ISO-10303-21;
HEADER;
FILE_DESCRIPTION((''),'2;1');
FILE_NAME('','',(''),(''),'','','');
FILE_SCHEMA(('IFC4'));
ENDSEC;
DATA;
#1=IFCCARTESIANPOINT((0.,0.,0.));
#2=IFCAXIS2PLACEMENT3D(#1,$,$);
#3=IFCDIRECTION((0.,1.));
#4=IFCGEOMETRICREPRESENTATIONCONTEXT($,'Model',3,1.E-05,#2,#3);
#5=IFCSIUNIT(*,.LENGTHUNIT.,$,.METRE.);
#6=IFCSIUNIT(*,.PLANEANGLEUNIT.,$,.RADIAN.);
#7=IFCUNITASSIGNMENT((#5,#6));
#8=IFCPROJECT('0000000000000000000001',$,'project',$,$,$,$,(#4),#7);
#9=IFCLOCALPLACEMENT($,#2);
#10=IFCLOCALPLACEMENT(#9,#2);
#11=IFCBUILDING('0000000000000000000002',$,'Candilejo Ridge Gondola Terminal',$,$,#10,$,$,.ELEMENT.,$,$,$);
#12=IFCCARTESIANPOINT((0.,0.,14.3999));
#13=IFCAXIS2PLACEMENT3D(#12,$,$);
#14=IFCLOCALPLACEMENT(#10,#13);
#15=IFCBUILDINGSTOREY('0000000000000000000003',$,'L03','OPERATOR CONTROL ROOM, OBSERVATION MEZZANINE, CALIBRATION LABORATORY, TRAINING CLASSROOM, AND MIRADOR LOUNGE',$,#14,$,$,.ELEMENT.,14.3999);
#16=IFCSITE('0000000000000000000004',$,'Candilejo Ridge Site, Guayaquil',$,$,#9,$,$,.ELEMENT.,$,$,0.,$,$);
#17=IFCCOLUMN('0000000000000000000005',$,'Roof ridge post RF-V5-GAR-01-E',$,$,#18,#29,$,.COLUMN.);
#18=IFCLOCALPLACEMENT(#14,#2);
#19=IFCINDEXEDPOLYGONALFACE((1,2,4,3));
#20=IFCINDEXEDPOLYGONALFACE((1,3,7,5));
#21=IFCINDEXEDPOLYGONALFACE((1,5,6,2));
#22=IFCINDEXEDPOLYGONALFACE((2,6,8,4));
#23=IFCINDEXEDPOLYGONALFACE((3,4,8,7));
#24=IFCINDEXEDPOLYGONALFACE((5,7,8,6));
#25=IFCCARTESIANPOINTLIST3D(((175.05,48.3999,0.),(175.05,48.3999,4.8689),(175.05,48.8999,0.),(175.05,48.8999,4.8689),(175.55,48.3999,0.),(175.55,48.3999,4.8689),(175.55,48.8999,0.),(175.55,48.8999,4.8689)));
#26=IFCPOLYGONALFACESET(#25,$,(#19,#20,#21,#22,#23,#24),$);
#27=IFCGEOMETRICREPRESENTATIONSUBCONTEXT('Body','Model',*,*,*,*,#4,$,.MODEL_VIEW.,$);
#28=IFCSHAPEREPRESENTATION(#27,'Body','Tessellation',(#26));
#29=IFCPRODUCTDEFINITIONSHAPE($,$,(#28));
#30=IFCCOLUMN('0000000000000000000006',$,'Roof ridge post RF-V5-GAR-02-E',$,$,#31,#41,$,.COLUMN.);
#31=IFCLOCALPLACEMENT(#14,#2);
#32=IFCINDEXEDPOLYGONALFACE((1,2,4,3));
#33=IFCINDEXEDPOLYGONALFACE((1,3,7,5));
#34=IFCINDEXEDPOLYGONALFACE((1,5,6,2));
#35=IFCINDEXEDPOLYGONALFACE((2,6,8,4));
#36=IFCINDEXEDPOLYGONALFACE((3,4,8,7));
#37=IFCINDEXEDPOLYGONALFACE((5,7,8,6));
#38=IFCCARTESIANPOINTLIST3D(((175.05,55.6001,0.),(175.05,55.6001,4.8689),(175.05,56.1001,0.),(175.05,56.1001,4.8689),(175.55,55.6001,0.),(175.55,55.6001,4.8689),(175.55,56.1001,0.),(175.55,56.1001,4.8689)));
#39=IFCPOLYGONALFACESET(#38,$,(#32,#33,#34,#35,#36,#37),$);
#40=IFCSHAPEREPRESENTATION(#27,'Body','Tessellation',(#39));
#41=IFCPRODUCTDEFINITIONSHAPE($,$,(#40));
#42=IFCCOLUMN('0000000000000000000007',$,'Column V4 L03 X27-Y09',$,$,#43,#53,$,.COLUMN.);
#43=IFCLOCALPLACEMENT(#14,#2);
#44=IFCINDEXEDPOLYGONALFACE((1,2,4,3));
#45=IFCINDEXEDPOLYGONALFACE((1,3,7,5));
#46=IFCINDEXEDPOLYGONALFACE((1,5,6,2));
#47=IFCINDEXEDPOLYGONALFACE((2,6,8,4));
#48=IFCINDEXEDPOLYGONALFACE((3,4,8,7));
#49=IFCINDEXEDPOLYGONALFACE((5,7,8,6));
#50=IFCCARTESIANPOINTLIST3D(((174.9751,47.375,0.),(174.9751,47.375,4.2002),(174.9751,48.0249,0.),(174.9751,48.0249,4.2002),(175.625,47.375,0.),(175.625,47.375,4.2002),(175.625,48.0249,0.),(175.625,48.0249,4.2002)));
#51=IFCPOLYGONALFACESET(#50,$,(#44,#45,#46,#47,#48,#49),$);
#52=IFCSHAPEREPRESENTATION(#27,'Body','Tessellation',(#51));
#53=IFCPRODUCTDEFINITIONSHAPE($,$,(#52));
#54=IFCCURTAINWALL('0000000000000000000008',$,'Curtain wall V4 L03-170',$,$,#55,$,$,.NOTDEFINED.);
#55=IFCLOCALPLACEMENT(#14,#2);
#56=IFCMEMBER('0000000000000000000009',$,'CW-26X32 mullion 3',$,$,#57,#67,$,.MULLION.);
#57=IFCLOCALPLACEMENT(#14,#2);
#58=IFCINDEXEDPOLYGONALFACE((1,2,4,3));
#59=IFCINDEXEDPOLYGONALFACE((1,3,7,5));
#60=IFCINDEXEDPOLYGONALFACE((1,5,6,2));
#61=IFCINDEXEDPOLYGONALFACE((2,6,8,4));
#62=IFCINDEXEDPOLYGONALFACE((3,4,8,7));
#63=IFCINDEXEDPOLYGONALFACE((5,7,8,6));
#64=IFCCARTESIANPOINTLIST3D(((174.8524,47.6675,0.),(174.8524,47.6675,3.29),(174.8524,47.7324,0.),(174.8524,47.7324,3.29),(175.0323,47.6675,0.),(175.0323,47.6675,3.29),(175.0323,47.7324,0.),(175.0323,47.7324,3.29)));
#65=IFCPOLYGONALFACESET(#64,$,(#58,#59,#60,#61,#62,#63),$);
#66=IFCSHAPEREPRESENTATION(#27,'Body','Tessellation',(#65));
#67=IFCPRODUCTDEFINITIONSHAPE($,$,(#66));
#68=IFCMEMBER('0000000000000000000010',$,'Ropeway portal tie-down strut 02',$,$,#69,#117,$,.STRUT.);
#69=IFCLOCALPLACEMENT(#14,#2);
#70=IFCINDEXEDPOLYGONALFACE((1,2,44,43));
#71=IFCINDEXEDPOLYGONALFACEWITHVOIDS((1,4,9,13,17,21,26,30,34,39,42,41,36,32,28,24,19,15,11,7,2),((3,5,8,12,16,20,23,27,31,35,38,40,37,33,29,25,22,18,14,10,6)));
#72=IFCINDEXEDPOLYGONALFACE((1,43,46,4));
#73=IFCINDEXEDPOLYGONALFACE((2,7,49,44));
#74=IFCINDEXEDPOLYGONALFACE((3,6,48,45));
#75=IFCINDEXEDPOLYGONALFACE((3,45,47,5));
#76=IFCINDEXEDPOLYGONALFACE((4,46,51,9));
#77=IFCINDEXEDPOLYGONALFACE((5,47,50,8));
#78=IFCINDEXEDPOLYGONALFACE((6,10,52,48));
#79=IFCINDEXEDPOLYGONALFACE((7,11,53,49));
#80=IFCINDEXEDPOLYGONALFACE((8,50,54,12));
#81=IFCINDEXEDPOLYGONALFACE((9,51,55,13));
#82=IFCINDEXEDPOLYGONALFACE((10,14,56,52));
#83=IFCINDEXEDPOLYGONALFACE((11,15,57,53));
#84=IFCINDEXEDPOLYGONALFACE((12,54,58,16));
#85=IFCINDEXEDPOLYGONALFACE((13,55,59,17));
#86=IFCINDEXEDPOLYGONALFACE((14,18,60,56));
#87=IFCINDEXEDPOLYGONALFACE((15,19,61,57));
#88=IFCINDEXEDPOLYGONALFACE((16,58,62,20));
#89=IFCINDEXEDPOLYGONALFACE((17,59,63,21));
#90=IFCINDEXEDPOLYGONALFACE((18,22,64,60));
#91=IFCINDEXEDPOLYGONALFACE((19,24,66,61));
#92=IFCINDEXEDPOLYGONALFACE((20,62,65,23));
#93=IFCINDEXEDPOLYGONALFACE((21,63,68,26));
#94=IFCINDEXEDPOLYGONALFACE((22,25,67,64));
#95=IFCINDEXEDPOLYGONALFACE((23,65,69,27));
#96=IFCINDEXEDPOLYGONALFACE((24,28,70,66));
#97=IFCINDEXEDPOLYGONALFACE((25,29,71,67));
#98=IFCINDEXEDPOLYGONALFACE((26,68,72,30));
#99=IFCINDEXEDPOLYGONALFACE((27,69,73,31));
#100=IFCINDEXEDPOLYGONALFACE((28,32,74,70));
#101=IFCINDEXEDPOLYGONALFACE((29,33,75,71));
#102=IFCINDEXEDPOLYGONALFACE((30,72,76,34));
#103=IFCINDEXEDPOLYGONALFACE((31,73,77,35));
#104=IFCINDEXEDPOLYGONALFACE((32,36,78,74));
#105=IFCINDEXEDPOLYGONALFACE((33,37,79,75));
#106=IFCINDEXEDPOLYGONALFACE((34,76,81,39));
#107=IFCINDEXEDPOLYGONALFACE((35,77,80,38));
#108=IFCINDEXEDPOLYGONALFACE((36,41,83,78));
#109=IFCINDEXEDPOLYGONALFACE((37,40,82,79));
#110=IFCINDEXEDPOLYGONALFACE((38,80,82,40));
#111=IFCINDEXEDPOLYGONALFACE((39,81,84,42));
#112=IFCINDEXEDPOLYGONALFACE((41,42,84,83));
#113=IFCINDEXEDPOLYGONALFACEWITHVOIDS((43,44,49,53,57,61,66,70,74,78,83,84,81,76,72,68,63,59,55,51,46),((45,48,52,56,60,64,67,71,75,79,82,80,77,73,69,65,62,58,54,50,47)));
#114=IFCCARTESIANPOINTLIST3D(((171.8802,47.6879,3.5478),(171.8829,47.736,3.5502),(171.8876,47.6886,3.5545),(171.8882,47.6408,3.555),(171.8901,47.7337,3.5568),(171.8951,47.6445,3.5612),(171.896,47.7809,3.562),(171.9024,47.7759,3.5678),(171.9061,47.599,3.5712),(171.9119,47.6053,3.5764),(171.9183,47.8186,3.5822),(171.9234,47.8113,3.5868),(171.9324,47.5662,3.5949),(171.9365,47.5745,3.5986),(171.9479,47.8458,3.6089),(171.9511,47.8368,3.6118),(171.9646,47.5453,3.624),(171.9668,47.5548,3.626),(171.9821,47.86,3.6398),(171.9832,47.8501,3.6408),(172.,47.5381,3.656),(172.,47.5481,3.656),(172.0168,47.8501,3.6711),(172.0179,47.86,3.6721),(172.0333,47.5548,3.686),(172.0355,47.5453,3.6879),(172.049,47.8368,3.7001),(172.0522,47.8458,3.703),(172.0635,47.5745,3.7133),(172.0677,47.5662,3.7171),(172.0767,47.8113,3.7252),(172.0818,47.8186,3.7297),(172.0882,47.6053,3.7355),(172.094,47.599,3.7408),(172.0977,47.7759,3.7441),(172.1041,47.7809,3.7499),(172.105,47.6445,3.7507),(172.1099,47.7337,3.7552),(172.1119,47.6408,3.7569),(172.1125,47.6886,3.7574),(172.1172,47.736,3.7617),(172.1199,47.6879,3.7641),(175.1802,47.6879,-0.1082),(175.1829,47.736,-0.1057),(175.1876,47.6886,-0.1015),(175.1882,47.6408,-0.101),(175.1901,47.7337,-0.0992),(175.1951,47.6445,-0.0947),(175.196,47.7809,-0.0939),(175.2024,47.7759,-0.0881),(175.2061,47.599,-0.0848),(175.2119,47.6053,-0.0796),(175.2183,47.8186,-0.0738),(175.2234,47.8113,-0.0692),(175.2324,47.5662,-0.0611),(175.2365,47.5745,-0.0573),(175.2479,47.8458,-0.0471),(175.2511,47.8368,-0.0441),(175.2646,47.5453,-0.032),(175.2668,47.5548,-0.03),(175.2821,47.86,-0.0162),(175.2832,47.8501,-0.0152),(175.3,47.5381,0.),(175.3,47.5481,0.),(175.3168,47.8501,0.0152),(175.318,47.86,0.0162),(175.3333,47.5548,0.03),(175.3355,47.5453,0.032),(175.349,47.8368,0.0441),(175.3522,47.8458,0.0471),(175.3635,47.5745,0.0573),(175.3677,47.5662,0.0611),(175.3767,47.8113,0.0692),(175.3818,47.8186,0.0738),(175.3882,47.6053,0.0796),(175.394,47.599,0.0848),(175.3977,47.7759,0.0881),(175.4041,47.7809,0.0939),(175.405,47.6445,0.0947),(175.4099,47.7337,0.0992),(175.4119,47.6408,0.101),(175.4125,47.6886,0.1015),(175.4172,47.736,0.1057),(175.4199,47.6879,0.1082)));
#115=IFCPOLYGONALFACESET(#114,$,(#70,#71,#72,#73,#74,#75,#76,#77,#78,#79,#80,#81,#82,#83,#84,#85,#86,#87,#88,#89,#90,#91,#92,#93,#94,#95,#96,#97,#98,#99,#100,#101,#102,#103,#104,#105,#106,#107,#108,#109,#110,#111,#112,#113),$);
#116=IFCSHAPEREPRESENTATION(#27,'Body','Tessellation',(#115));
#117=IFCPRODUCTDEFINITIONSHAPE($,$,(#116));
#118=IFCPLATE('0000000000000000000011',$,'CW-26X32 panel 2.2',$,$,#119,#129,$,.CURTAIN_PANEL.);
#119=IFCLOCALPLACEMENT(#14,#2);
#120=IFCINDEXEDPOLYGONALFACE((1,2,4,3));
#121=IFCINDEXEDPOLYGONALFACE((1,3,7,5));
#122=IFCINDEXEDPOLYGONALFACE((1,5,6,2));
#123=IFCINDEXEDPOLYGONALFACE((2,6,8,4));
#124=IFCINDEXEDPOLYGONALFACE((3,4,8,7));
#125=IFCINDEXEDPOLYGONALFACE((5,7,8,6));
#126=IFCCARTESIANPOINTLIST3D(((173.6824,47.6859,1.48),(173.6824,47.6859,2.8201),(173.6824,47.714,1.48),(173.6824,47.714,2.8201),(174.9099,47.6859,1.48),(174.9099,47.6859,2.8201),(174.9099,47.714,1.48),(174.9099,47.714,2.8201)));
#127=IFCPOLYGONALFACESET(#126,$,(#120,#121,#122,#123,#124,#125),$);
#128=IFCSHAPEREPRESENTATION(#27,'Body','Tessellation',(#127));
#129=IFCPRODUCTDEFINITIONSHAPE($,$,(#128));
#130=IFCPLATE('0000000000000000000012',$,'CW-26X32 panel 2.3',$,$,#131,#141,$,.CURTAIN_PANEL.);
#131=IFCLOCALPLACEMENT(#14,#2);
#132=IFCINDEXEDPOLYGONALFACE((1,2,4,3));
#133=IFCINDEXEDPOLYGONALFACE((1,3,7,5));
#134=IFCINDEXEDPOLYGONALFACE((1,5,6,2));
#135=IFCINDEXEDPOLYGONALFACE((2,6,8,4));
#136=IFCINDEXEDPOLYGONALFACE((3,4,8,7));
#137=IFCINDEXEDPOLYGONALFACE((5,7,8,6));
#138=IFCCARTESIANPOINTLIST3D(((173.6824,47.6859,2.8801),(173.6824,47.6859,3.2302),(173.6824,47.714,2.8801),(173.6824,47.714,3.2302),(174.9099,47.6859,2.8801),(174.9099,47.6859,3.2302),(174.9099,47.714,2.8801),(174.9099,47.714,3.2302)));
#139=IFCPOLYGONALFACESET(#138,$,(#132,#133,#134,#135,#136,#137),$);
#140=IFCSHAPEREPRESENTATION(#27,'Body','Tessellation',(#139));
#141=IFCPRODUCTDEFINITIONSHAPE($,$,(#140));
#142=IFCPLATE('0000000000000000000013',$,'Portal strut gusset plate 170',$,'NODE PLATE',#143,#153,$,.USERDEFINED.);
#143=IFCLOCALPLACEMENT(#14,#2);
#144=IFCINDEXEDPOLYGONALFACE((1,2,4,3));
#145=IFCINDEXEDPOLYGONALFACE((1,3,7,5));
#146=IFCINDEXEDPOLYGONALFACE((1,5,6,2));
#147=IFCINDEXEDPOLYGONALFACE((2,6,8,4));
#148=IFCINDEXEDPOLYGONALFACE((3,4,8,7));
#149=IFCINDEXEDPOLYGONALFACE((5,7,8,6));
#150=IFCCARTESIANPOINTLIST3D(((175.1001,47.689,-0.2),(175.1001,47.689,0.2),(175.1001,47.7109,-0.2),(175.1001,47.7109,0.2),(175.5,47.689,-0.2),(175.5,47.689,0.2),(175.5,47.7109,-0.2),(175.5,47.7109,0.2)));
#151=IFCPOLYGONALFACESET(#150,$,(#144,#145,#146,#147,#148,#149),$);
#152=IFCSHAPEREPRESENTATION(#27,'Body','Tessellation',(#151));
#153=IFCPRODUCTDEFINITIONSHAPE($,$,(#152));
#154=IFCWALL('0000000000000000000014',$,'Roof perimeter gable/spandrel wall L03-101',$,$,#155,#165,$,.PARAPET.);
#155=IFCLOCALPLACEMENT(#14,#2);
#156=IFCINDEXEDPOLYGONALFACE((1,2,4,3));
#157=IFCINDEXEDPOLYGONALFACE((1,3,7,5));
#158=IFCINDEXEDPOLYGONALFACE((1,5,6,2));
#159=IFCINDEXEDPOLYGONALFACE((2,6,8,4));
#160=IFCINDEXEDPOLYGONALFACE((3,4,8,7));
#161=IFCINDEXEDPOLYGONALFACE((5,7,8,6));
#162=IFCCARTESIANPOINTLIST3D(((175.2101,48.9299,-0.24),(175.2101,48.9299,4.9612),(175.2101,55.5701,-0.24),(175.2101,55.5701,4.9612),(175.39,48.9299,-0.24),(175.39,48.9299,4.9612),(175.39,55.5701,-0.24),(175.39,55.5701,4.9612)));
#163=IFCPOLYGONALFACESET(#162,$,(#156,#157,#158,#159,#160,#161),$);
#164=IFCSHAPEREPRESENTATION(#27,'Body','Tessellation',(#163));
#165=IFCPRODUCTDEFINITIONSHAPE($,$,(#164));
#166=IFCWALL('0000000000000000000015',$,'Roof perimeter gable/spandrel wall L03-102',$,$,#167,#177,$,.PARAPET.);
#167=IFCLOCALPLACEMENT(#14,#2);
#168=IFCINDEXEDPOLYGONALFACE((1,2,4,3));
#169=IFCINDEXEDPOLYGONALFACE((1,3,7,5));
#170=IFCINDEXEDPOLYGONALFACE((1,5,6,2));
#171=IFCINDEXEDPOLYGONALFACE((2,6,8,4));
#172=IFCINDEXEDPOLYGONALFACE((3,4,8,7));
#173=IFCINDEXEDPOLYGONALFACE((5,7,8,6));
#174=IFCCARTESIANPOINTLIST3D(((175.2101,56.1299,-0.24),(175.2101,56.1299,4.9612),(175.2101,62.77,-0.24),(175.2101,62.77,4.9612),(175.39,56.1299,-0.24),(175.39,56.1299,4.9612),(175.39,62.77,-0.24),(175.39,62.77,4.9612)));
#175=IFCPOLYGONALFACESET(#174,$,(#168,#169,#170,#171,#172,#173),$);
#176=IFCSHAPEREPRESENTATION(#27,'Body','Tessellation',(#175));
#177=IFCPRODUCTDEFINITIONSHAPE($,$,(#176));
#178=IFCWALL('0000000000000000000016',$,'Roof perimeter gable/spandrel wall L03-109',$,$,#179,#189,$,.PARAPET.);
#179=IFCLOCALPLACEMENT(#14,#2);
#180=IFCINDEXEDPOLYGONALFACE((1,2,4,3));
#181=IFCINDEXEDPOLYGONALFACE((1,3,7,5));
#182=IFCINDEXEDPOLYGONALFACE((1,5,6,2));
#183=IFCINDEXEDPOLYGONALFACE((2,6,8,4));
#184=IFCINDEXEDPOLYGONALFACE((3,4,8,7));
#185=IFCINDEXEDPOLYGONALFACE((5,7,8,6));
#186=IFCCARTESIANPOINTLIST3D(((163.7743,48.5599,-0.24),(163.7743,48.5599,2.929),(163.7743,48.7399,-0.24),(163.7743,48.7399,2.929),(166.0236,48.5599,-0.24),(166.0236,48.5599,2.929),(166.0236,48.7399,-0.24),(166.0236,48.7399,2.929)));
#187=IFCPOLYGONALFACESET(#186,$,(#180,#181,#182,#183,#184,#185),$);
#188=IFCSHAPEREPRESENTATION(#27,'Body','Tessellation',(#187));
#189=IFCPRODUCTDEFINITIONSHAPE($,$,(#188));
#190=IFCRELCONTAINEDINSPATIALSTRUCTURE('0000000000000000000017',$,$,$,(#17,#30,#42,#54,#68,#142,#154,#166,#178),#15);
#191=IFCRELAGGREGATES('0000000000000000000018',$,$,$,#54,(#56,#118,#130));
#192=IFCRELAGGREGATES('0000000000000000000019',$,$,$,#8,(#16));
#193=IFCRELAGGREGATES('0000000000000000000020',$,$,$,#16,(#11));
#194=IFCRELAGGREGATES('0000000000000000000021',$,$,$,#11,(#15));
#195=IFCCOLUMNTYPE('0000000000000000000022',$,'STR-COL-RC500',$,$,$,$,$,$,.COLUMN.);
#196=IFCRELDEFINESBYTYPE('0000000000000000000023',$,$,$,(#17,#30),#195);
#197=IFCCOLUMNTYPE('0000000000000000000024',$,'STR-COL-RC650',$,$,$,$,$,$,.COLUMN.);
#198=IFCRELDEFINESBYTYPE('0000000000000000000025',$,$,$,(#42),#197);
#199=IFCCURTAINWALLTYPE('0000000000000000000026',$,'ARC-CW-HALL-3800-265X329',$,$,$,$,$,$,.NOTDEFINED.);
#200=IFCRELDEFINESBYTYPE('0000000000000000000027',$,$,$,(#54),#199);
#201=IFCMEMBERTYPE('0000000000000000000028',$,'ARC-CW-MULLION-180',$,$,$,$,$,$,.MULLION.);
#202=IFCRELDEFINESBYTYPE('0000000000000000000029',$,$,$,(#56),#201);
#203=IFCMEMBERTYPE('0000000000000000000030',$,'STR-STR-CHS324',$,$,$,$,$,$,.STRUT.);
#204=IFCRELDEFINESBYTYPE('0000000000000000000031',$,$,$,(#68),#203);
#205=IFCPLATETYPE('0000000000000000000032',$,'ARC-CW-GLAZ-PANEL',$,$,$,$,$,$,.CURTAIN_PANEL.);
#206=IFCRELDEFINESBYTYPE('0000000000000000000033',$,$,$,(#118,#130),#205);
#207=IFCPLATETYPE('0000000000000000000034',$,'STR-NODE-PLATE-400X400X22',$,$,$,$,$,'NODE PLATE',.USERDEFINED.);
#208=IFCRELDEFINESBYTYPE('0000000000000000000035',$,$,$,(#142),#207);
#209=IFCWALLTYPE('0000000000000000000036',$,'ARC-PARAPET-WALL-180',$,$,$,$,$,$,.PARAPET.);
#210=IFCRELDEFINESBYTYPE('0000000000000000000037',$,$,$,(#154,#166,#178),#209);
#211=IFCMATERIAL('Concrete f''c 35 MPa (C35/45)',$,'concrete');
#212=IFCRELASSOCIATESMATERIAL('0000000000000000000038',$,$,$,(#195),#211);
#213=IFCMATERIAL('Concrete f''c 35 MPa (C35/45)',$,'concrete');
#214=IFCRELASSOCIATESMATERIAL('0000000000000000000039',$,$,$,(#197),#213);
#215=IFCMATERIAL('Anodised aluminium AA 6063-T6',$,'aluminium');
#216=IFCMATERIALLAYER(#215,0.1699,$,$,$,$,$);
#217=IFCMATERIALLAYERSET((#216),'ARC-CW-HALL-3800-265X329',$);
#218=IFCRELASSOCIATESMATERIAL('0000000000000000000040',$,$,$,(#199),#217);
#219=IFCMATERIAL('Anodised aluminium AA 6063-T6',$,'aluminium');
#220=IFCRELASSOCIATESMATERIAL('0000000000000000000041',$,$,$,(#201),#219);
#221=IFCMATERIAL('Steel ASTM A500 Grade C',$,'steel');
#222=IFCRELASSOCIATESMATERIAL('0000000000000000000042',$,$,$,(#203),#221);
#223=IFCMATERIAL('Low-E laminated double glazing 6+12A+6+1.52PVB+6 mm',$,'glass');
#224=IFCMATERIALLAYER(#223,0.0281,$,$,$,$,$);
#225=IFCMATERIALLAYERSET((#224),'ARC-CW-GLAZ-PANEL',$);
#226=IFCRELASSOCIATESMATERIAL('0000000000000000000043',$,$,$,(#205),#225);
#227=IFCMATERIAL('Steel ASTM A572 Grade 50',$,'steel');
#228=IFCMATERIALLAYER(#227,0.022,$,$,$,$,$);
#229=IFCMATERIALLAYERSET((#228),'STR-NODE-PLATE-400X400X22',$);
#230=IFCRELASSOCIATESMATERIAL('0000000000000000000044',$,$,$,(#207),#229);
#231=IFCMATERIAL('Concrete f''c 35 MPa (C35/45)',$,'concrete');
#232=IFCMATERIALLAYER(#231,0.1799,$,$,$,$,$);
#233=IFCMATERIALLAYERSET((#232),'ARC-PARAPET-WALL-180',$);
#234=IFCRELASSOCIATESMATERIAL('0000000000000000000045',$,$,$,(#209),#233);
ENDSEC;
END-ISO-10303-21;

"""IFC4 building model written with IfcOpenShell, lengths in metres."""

from ifc_helpers import new_model, si_unit, direction, frame, frame_2d, origin, origin_2d, place, context, subcontext, project, spatial, rectangle, hollow_circle, extrude, material, layer, layer_set, material_profile, profile_set, type_object, element, aggregate, save


model = new_model("IFC4")

# Units and contexts
model_context = context("Model", 3, precision=1e-05, world=origin(), true_north=direction((0.0, 1.0)))
body_context = subcontext(model_context, "Body", "Model", "MODEL_VIEW")
ifc_project = project(units=[si_unit("LENGTHUNIT", "METRE"), si_unit("PLANEANGLEUNIT", "RADIAN")], contexts=[model_context])

# Site, building, storey
site_placement = place(None, origin())
site = spatial("IfcSite", under=ifc_project, at=site_placement, Name="Candilejo Ridge Site, Guayaquil", CompositionType="ELEMENT", RefElevation=0.0)
building_placement = place(site_placement, origin())
building = spatial("IfcBuilding", under=site, at=building_placement, Name="Candilejo Ridge Gondola Terminal", CompositionType="ELEMENT")
storey_placement = place(building_placement, frame((0.0, 0.0, 14.3999)))
storey = spatial("IfcBuildingStorey", under=building, at=storey_placement, Name="L03", Description="OPERATOR CONTROL ROOM, OBSERVATION MEZZANINE, CALIBRATION LABORATORY, TRAINING CLASSROOM, AND MIRADOR LOUNGE", CompositionType="ELEMENT", Elevation=14.3999)

# Columns
ifc_material_1 = material(Name="Concrete f'c 35 MPa (C35/45)", Category="concrete")
ifc_material_profile_1 = material_profile(ifc_material_1, rectangle(XDim=0.5, YDim=0.5, at=origin_2d()))
ifc_profile_set_1 = profile_set([ifc_material_profile_1], Name="Concrete f'c 35 MPa (C35/45)")
column_type_1 = type_object("IfcColumnType", Name="STR-COL-RC500", PredefinedType="COLUMN", material=ifc_profile_set_1)
for number, where, z_axis, x_axis, name in (
    (1, (175.3, 48.6499, 0.0), (0.0, 0.0, 1.0), (1.0, 0.0, 0.0), "Roof ridge post RF-V5-GAR-01-E"),
    (2, (175.3, 55.8501, 0.0), (0.0, 0.0, 1.0), (1.0, 0.0, 0.0), "Roof ridge post RF-V5-GAR-02-E"),
):
    element("IfcColumn", number, at=place(storey_placement, frame(where, z_axis=z_axis, x_axis=x_axis)), inside=storey, type_object=column_type_1, Name=name, PredefinedType="COLUMN", context=body_context, shape_type="SweptSolid", body=[
        extrude(rectangle(XDim=0.5, YDim=0.5, at=origin_2d()), origin(), (0.0, 0.0, 1.0), 4.8689),
    ])
ifc_material_2 = material(Name="Concrete f'c 35 MPa (C35/45)", Category="concrete")
ifc_material_profile_2 = material_profile(ifc_material_2, rectangle(XDim=0.6499, YDim=0.6499, at=origin_2d()))
ifc_profile_set_2 = profile_set([ifc_material_profile_2], Name="Concrete f'c 35 MPa (C35/45)")
column_type_2 = type_object("IfcColumnType", Name="STR-COL-RC650", PredefinedType="COLUMN", material=ifc_profile_set_2)
column_placement = place(storey_placement, frame((175.3, 47.7, 0.0), z_axis=(0.0, 0.0, 1.0), x_axis=(1.0, 0.0, 0.0)))
element("IfcColumn", 3, at=column_placement, inside=storey, type_object=column_type_2, Name="Column V4 L03 X27-Y09", PredefinedType="COLUMN", context=body_context, shape_type="SweptSolid", body=[
    extrude(rectangle(XDim=0.6499, YDim=0.6499, at=origin_2d()), origin(), (0.0, 0.0, 1.0), 4.2002),
])

# Curtain wall, member
ifc_material_3 = material(Name="Anodised aluminium AA 6063-T6", Category="aluminium")
ifc_layer_1 = layer(ifc_material_3, 0.1699)
ifc_layer_set_1 = layer_set([ifc_layer_1], Name="ARC-CW-HALL-3800-265X329")
curtain_wall_type = type_object("IfcCurtainWallType", Name="ARC-CW-HALL-3800-265X329", PredefinedType="NOTDEFINED", material=ifc_layer_set_1)
curtain_wall_placement = place(storey_placement, origin())
curtain_wall = element("IfcCurtainWall", 4, at=curtain_wall_placement, inside=storey, type_object=curtain_wall_type, Name="Curtain wall V4 L03-170", PredefinedType="NOTDEFINED")
ifc_material_4 = material(Name="Anodised aluminium AA 6063-T6", Category="aluminium")
ifc_material_profile_3 = material_profile(ifc_material_4, rectangle(XDim=0.0649, YDim=0.1799, at=origin_2d()))
ifc_profile_set_3 = profile_set([ifc_material_profile_3], Name="Anodised aluminium AA 6063-T6")
member_type_1 = type_object("IfcMemberType", Name="ARC-CW-MULLION-180", PredefinedType="MULLION", material=ifc_profile_set_3)
member_1_placement = place(storey_placement, frame((174.9424, 47.7, 0.0), z_axis=(0.0, 0.0, 1.0), x_axis=(0.0, 1.0, 0.0)))
member_1 = element("IfcMember", 5, at=member_1_placement, type_object=member_type_1, Name="CW-26X32 mullion 3", PredefinedType="MULLION", context=body_context, shape_type="SweptSolid", body=[
    extrude(rectangle(XDim=0.0649, YDim=0.1799, at=origin_2d()), origin(), (0.0, 0.0, 1.0), 3.29),
])

# Member
ifc_material_5 = material(Name="Steel ASTM A500 Grade C", Category="steel")
ifc_material_profile_4 = material_profile(ifc_material_5, hollow_circle(Radius=0.1619, WallThickness=0.01, at=origin_2d()))
ifc_profile_set_4 = profile_set([ifc_material_profile_4], Name="Steel ASTM A500 Grade C")
member_type_2 = type_object("IfcMemberType", Name="STR-STR-CHS324", PredefinedType="STRUT", material=ifc_profile_set_4)
member_2_placement = place(storey_placement, frame((175.3, 47.7, 0.0), z_axis=(-0.670046, 0.0, 0.74232), x_axis=(0.0, -1.0, 0.0)))
element("IfcMember", 6, at=member_2_placement, inside=storey, type_object=member_type_2, Name="Ropeway portal tie-down strut 02", PredefinedType="STRUT", context=body_context, shape_type="SweptSolid", body=[
    extrude(hollow_circle(Radius=0.1619, WallThickness=0.01, at=origin_2d()), origin(), (0.0, 0.0, 1.0), 4.925),
])

# Plates
ifc_material_6 = material(Name="Low-E laminated double glazing 6+12A+6+1.52PVB+6 mm", Category="glass")
ifc_layer_2 = layer(ifc_material_6, 0.0281)
ifc_layer_set_2 = layer_set([ifc_layer_2], Name="ARC-CW-GLAZ-PANEL")
plate_type_1 = type_object("IfcPlateType", Name="ARC-CW-GLAZ-PANEL", PredefinedType="CURTAIN_PANEL", material=ifc_layer_set_2)
plate_1_placement = place(storey_placement, frame((174.2961, 47.7, 1.48), z_axis=(0.0, 0.0, 1.0), x_axis=(1.0, 0.0, 0.0)))
plate_1 = element("IfcPlate", 7, at=plate_1_placement, type_object=plate_type_1, Name="CW-26X32 panel 2.2", PredefinedType="CURTAIN_PANEL", context=body_context, shape_type="SweptSolid", body=[
    extrude(rectangle(XDim=1.2275, YDim=0.0281, at=origin_2d()), origin(), (0.0, 0.0, 1.0), 1.3401),
])
plate_2_placement = place(storey_placement, frame((174.2961, 47.7, 2.8801), z_axis=(0.0, 0.0, 1.0), x_axis=(1.0, 0.0, 0.0)))
plate_2 = element("IfcPlate", 8, at=plate_2_placement, type_object=plate_type_1, Name="CW-26X32 panel 2.3", PredefinedType="CURTAIN_PANEL", context=body_context, shape_type="SweptSolid", body=[
    extrude(rectangle(XDim=1.2275, YDim=0.0281, at=origin_2d()), origin(), (0.0, 0.0, 1.0), 0.3501),
])
aggregate(curtain_wall, [member_1, plate_1, plate_2])
ifc_material_7 = material(Name="Steel ASTM A572 Grade 50", Category="steel")
ifc_layer_3 = layer(ifc_material_7, 0.022)
ifc_layer_set_3 = layer_set([ifc_layer_3], Name="STR-NODE-PLATE-400X400X22")
plate_type_2 = type_object("IfcPlateType", Name="STR-NODE-PLATE-400X400X22", ElementType="NODE PLATE", PredefinedType="USERDEFINED", material=ifc_layer_set_3)
plate_3_placement = place(storey_placement, frame((175.3, 47.7, -0.2), z_axis=(0.0, 0.0, 1.0), x_axis=(1.0, 0.0, 0.0)))
element("IfcPlate", 9, at=plate_3_placement, inside=storey, type_object=plate_type_2, Name="Portal strut gusset plate 170", ObjectType="NODE PLATE", PredefinedType="USERDEFINED", context=body_context, shape_type="SweptSolid", body=[
    extrude(rectangle(XDim=0.3999, YDim=0.022, at=origin_2d()), origin(), (0.0, 0.0, 1.0), 0.3999),
])

# Walls
ifc_material_8 = material(Name="Concrete f'c 35 MPa (C35/45)", Category="concrete")
ifc_layer_4 = layer(ifc_material_8, 0.1799)
ifc_layer_set_4 = layer_set([ifc_layer_4], Name="ARC-PARAPET-WALL-180")
wall_type = type_object("IfcWallType", Name="ARC-PARAPET-WALL-180", PredefinedType="PARAPET", material=ifc_layer_set_4)
for number, where, z_axis, x_axis, name in (
    (10, (175.3, 48.9299, -0.24), (0.0, 0.0, 1.0), (0.0, 1.0, 0.0), "Roof perimeter gable/spandrel wall L03-101"),
    (11, (175.3, 56.1299, -0.24), (0.0, 0.0, 1.0), (0.0, 1.0, 0.0), "Roof perimeter gable/spandrel wall L03-102"),
):
    element("IfcWall", number, at=place(storey_placement, frame(where, z_axis=z_axis, x_axis=x_axis)), inside=storey, type_object=wall_type, Name=name, PredefinedType="PARAPET", context=body_context, shape_type="SweptSolid", body=[
        extrude(rectangle(XDim=6.6401, YDim=0.1799, at=frame_2d((3.3201, 0.0))), origin(), (0.0, 0.0, 1.0), 5.2012),
    ])
wall_1_placement = place(storey_placement, frame((163.7744, 48.6499, -0.24), z_axis=(0.0, 0.0, 1.0), x_axis=(1.0, 0.0, 0.0)))
element("IfcWall", 12, at=wall_1_placement, inside=storey, type_object=wall_type, Name="Roof perimeter gable/spandrel wall L03-109", PredefinedType="PARAPET", context=body_context, shape_type="SweptSolid", body=[
    extrude(rectangle(XDim=2.2493, YDim=0.1799, at=frame_2d((1.1245, 0.0))), origin(), (0.0, 0.0, 1.0), 3.1689),
])

save(model, "model.ifc")
